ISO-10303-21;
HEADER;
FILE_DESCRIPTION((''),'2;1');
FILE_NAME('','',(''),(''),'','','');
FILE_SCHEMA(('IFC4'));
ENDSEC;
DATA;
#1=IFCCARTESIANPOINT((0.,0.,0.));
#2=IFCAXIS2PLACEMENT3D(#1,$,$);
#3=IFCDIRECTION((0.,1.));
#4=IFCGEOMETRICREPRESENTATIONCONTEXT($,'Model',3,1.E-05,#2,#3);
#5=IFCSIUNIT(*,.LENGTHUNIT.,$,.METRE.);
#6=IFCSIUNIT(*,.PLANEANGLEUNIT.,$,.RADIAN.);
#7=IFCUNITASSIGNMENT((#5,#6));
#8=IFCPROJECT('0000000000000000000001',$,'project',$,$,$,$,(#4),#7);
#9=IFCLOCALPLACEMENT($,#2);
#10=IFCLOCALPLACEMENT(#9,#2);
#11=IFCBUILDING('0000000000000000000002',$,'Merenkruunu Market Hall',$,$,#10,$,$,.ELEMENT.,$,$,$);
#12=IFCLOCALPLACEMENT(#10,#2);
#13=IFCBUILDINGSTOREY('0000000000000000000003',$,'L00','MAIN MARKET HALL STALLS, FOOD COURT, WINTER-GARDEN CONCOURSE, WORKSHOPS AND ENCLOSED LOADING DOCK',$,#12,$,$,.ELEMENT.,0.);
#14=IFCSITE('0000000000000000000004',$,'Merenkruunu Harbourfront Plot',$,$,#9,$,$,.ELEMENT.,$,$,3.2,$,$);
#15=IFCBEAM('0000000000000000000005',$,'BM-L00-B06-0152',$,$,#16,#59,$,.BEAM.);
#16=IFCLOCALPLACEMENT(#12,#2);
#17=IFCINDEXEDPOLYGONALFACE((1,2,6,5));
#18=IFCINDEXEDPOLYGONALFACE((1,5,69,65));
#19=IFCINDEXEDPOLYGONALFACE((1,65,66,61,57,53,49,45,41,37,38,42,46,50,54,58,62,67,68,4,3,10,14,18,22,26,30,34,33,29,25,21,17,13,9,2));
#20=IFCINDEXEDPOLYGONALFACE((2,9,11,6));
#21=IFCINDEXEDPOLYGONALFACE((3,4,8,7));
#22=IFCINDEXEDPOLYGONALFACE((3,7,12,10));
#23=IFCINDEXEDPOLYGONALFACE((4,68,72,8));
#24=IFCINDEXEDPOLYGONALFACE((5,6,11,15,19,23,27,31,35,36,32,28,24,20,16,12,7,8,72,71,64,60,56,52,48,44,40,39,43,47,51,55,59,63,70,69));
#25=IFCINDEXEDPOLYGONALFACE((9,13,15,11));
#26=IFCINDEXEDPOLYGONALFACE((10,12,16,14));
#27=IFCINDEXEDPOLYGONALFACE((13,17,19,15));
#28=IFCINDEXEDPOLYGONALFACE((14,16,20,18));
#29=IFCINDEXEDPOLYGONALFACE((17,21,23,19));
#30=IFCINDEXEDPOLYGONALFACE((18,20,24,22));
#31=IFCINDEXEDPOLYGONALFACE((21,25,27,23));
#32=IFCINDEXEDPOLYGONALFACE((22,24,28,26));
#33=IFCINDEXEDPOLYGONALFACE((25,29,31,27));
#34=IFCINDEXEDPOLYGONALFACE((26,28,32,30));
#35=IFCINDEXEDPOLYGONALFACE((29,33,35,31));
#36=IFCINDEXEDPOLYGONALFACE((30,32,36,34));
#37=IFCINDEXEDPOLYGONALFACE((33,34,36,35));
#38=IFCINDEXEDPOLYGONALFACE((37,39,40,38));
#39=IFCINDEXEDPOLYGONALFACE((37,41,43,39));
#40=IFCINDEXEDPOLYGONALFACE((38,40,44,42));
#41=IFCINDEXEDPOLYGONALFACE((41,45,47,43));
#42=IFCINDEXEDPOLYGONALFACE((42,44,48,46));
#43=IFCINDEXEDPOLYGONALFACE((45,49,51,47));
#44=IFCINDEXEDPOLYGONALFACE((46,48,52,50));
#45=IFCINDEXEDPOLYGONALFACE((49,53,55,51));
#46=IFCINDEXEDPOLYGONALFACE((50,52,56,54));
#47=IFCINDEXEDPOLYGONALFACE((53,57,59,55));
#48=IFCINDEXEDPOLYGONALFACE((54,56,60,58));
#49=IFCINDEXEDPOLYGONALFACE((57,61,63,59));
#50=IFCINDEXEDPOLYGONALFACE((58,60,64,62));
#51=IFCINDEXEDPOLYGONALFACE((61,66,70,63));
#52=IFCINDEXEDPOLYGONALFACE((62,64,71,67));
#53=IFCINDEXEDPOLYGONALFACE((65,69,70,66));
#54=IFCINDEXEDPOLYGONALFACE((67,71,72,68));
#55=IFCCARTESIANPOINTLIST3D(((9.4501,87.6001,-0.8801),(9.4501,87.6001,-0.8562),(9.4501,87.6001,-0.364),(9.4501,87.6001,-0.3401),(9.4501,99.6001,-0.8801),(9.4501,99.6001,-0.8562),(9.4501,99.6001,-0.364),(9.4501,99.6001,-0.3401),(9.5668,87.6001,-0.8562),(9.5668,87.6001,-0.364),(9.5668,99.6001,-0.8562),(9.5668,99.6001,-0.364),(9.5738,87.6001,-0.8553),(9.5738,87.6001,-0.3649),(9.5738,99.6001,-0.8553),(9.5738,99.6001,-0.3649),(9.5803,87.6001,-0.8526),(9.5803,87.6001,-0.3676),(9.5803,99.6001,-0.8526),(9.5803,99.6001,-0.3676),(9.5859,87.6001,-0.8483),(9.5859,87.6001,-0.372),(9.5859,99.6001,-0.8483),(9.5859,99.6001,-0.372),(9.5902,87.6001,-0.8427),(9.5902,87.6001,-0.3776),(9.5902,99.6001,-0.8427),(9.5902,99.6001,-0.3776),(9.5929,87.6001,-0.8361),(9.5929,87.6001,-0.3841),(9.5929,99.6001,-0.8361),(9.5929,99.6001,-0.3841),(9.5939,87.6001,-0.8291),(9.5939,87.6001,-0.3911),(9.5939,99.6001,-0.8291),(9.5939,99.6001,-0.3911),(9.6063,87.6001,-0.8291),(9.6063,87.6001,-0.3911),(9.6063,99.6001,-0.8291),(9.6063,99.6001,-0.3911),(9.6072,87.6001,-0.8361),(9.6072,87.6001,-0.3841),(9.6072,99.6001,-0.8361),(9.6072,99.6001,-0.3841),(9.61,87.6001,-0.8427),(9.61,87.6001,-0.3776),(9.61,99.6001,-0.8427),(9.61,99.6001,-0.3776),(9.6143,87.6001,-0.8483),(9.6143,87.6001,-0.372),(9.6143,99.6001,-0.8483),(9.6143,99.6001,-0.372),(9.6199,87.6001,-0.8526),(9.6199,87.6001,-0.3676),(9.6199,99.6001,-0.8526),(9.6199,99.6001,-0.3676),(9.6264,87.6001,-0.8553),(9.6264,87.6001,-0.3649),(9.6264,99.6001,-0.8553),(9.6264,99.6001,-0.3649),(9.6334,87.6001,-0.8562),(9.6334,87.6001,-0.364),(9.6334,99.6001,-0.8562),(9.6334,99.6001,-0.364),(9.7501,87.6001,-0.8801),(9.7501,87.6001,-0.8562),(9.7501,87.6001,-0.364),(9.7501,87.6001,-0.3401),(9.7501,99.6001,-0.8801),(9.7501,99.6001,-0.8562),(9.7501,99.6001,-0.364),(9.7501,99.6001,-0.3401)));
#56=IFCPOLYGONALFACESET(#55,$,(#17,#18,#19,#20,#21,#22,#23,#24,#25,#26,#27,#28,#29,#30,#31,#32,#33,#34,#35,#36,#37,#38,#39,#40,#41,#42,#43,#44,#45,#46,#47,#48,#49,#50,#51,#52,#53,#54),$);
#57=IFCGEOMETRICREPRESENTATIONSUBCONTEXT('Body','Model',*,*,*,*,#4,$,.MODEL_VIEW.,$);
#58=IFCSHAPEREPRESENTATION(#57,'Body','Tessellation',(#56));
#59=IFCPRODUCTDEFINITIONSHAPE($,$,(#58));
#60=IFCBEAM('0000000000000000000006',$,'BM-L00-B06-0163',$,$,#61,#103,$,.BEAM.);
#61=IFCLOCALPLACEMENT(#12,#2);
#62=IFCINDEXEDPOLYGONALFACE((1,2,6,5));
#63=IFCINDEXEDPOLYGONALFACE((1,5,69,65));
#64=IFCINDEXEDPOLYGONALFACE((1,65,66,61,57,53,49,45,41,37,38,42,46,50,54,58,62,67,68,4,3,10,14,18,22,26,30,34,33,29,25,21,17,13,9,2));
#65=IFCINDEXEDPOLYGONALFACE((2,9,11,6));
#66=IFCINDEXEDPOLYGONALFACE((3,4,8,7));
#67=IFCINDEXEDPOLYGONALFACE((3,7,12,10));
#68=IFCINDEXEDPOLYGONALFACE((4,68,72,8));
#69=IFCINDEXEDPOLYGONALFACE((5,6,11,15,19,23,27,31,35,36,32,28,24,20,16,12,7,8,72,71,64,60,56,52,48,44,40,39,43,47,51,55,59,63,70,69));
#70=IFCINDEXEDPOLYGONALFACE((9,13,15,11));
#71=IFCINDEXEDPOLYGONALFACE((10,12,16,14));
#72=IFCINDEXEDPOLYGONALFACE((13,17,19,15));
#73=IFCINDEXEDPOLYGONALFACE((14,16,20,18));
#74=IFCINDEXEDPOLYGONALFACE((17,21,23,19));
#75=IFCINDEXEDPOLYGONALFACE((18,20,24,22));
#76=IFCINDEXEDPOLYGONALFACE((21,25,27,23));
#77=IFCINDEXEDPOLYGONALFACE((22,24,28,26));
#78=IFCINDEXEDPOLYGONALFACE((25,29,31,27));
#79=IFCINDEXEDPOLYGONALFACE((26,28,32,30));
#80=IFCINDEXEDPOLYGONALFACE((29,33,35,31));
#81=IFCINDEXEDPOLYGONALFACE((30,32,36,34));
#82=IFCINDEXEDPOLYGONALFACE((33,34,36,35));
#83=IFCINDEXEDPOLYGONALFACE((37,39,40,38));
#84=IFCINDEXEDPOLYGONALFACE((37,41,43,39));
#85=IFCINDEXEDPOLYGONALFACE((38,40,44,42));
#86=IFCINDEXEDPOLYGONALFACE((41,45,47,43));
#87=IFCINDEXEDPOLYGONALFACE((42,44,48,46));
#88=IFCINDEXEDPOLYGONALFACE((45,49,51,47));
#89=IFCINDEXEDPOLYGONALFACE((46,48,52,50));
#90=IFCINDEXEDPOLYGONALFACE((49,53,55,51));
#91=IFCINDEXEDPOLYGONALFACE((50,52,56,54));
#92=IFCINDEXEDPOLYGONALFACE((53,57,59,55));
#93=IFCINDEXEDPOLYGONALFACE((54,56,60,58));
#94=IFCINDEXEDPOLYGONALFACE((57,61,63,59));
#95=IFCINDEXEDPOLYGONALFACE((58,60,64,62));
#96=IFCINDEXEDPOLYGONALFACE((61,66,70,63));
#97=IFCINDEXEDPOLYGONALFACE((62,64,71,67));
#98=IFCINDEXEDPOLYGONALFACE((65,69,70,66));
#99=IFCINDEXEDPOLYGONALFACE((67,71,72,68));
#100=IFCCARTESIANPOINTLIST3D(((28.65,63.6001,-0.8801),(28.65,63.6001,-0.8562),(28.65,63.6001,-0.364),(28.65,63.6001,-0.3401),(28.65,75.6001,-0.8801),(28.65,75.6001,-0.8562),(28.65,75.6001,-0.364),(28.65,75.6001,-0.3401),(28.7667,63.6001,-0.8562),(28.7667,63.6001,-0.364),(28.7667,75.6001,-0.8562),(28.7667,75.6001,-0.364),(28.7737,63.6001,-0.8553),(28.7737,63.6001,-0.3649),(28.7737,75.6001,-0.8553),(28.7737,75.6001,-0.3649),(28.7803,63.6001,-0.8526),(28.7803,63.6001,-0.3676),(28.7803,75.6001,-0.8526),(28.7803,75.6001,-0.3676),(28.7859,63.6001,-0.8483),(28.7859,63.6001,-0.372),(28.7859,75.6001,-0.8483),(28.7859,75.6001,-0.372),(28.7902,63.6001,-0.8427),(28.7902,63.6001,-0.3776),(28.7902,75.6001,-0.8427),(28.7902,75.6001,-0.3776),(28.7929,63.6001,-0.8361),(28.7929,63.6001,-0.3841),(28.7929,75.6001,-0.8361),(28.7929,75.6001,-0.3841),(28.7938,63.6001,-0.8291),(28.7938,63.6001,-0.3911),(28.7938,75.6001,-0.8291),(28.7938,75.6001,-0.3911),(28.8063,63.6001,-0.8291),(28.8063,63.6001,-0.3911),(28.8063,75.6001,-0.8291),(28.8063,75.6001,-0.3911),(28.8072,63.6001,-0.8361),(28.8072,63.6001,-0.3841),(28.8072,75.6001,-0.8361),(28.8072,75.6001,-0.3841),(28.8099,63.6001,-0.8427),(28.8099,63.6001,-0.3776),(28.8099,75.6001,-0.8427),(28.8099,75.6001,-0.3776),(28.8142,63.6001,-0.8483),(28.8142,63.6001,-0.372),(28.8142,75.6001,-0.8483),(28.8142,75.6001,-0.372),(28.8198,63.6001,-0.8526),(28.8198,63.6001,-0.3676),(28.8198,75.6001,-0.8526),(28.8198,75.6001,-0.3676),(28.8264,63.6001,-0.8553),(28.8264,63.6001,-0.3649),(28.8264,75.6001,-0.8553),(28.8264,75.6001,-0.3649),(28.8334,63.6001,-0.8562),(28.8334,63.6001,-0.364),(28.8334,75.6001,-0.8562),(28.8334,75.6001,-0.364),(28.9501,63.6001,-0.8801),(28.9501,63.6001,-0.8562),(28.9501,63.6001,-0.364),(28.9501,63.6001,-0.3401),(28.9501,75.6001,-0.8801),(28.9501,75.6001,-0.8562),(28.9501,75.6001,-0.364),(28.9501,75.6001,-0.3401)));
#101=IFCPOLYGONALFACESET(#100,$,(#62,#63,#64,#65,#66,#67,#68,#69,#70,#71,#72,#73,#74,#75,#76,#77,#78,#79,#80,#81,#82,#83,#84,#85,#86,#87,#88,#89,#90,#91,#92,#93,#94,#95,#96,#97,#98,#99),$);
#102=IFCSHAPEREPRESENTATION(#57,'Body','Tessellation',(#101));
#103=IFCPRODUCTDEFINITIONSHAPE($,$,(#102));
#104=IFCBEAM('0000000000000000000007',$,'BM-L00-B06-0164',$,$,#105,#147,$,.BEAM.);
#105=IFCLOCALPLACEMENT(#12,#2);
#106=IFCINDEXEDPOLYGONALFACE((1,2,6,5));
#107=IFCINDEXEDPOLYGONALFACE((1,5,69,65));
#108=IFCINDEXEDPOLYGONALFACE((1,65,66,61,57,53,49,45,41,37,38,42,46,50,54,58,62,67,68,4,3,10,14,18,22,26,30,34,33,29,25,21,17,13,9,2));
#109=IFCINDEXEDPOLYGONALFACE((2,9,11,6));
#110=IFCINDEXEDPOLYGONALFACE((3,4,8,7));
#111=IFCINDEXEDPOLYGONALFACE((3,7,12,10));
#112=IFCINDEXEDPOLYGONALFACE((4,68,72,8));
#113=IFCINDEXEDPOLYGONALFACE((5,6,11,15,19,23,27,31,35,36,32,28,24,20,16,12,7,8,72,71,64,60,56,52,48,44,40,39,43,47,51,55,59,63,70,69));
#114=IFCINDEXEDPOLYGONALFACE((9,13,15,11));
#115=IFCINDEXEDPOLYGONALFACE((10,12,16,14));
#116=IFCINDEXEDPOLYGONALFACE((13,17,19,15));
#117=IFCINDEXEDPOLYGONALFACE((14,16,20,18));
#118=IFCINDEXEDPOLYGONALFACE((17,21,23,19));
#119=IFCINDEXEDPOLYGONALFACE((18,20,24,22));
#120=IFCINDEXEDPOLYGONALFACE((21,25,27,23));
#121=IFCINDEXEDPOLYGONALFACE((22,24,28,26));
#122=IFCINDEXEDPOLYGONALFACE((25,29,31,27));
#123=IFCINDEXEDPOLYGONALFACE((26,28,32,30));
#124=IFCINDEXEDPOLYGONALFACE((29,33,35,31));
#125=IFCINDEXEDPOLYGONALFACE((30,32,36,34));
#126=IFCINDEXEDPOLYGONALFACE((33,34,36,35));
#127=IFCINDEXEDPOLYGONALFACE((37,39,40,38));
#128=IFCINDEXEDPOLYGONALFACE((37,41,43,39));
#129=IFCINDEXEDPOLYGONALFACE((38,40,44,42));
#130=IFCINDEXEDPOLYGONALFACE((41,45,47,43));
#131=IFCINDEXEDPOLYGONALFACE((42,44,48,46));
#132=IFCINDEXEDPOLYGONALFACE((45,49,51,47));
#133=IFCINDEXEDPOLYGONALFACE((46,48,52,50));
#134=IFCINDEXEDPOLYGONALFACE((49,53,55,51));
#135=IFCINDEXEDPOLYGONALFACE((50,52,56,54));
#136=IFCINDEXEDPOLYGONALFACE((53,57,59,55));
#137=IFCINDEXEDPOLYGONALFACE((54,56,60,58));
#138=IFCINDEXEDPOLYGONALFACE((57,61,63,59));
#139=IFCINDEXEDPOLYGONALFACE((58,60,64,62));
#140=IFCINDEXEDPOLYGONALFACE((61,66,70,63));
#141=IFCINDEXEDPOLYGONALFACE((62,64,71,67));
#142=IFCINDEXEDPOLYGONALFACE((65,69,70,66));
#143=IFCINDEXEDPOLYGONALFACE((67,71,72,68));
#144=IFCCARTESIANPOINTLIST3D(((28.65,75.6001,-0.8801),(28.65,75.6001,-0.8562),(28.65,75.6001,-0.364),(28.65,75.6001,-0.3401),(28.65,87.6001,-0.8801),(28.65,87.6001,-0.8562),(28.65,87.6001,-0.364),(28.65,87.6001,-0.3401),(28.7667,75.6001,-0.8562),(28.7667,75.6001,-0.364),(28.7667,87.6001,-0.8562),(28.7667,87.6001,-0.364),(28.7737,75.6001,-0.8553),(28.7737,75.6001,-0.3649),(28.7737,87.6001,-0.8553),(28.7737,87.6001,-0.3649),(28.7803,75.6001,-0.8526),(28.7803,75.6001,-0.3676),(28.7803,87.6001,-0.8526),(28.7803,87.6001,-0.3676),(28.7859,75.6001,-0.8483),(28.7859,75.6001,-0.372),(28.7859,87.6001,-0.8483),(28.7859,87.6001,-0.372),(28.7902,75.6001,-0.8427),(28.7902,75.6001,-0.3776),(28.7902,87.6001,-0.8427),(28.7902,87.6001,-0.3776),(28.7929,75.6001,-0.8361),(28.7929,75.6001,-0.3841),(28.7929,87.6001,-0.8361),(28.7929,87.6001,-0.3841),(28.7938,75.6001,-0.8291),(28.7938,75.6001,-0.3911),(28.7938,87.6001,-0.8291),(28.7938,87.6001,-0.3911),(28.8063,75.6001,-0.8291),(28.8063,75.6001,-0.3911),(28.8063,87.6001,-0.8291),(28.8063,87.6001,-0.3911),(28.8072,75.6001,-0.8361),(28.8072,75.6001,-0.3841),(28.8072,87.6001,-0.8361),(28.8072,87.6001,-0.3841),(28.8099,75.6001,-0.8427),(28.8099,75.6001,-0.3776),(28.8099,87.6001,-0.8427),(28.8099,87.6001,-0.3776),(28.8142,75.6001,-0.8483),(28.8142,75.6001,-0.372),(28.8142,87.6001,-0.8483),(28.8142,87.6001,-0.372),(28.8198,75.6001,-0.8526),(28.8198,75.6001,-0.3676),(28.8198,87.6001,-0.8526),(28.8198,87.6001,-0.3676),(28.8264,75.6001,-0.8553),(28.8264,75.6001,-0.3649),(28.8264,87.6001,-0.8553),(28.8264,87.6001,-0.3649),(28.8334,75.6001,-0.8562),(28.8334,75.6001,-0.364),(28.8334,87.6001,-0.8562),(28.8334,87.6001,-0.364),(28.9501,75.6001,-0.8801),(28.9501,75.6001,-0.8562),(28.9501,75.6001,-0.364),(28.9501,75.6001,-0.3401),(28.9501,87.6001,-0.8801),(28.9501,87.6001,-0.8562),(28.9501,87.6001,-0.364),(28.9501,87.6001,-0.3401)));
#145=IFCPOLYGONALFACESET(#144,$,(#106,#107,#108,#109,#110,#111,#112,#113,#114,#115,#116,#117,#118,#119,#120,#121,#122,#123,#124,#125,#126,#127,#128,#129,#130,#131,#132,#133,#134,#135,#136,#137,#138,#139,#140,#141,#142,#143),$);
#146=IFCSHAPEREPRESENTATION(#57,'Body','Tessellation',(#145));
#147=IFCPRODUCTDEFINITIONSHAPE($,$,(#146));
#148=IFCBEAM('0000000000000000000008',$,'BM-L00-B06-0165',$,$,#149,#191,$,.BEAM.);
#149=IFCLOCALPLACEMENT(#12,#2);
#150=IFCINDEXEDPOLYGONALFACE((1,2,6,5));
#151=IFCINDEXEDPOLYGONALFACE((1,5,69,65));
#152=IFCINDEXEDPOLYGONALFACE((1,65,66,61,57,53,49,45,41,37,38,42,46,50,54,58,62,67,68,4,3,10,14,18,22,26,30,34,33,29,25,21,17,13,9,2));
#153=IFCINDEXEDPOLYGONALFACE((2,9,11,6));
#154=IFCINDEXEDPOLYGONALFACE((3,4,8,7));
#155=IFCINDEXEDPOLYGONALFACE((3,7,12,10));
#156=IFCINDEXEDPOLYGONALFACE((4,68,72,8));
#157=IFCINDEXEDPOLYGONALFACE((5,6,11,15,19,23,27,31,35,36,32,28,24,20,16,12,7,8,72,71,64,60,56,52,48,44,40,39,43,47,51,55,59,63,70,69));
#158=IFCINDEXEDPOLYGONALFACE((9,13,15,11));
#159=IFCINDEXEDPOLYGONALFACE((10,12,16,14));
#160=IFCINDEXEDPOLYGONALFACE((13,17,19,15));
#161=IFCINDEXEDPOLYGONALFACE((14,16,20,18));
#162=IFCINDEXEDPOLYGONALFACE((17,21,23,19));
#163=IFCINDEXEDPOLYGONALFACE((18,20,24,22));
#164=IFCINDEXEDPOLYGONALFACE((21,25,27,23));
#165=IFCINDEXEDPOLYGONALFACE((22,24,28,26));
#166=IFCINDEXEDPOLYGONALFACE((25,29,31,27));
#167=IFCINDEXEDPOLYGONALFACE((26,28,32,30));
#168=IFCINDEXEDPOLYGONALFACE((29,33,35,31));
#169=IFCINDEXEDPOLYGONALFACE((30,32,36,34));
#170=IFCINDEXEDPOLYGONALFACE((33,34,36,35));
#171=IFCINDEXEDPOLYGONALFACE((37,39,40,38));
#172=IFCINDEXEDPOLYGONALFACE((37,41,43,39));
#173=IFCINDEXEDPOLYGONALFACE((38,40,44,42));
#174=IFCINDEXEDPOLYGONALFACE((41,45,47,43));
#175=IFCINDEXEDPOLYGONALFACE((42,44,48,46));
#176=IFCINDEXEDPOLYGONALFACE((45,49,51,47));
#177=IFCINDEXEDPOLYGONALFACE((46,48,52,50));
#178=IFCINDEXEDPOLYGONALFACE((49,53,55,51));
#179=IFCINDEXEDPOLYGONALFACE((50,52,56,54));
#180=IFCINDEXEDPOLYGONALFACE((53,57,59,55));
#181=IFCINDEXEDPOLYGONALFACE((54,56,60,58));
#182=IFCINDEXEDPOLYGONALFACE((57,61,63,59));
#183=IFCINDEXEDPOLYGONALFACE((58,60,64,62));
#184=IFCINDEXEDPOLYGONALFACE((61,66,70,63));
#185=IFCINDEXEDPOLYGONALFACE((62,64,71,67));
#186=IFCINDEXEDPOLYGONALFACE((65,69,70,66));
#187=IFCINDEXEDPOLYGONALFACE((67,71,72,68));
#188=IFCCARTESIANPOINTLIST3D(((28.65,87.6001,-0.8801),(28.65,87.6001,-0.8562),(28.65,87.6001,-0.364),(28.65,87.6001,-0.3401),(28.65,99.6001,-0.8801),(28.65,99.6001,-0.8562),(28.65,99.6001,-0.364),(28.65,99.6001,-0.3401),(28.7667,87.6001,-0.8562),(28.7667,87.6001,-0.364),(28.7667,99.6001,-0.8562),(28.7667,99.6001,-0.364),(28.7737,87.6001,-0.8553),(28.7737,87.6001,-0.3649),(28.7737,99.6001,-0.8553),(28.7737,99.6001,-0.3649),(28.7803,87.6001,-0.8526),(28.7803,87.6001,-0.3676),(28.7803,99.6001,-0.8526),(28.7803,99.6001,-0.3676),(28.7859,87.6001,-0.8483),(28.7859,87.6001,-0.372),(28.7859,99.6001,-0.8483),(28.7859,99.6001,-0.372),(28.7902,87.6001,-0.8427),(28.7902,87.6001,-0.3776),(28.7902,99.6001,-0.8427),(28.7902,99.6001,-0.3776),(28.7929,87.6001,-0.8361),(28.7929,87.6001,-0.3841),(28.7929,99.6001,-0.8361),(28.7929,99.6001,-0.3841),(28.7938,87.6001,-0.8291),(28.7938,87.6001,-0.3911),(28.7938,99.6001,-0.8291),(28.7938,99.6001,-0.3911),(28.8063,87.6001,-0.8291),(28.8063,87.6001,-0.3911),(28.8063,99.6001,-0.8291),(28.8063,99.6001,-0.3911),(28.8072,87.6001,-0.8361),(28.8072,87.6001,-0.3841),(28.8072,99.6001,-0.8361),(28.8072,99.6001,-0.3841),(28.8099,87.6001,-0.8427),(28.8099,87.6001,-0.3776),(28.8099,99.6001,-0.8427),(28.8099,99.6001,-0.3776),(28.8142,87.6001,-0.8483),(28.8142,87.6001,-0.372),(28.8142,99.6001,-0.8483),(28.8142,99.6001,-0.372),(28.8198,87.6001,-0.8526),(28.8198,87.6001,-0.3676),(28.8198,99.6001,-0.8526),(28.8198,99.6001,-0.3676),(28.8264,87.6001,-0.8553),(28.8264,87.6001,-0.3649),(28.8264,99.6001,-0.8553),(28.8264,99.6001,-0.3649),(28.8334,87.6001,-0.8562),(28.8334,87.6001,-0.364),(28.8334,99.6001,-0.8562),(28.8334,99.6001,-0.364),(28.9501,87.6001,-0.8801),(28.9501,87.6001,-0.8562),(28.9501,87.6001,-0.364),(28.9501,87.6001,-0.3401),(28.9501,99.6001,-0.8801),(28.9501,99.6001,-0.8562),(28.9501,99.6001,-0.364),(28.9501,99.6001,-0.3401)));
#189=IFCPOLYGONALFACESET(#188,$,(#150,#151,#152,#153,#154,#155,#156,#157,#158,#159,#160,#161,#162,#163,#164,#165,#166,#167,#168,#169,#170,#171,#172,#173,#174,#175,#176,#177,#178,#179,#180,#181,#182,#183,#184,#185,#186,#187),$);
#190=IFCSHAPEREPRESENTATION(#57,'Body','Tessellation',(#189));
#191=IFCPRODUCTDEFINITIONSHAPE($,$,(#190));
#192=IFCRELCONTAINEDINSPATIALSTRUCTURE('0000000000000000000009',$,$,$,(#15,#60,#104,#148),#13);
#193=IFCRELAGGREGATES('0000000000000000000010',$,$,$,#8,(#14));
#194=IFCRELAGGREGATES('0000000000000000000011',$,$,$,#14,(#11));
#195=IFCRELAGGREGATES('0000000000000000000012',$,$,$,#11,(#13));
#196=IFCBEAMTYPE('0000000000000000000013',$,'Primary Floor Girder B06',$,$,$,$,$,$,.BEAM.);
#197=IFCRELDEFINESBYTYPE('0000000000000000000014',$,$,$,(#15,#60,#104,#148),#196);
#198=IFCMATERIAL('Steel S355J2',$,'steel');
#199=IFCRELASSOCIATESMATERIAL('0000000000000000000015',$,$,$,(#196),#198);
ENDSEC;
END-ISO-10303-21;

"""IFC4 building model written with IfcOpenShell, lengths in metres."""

from ifc_helpers import new_model, si_unit, direction, frame, origin, origin_2d, place, context, subcontext, project, spatial, i_section, extrude, material, material_profile, profile_set, type_object, element, save


model = new_model("IFC4")

# Units and contexts
model_context = context("Model", 3, precision=1e-05, world=origin(), true_north=direction((0.0, 1.0)))
body_context = subcontext(model_context, "Body", "Model", "MODEL_VIEW")
ifc_project = project(units=[si_unit("LENGTHUNIT", "METRE"), si_unit("PLANEANGLEUNIT", "RADIAN")], contexts=[model_context])

# Site, building, storey
site_placement = place(None, origin())
site = spatial("IfcSite", under=ifc_project, at=site_placement, Name="Merenkruunu Harbourfront Plot", CompositionType="ELEMENT", RefElevation=3.2)
building_placement = place(site_placement, origin())
building = spatial("IfcBuilding", under=site, at=building_placement, Name="Merenkruunu Market Hall", CompositionType="ELEMENT")
storey_placement = place(building_placement, origin())
storey = spatial("IfcBuildingStorey", under=building, at=storey_placement, Name="L00", Description="MAIN MARKET HALL STALLS, FOOD COURT, WINTER-GARDEN CONCOURSE, WORKSHOPS AND ENCLOSED LOADING DOCK", CompositionType="ELEMENT", Elevation=0.0)

# Shared definitions
ifc_material_1 = material(Name="Steel S355J2", Category="steel")

# Beams
ifc_material_profile_1 = material_profile(ifc_material_1, i_section(OverallWidth=0.3, OverallDepth=0.54, WebThickness=0.0125, FlangeThickness=0.0239, FilletRadius=0.0271, at=origin_2d()), Name="HEA 550")
ifc_profile_set_1 = profile_set([ifc_material_profile_1], Name="Steel S355J2")
beam_type_1 = type_object("IfcBeamType", Name="Primary Floor Girder B06", PredefinedType="BEAM", material=ifc_profile_set_1)
for number, where, z_axis, x_axis, name in (
    (1, (9.6001, 87.6001, -0.6101), (0.0, 1.0, 0.0), (-1.0, 0.0, 0.0), "BM-L00-B06-0152"),
    (2, (28.8, 63.6001, -0.6101), (0.0, 1.0, 0.0), (-1.0, 0.0, 0.0), "BM-L00-B06-0163"),
    (3, (28.8, 75.6001, -0.6101), (0.0, 1.0, 0.0), (-1.0, 0.0, 0.0), "BM-L00-B06-0164"),
    (4, (28.8, 87.6001, -0.6101), (0.0, 1.0, 0.0), (-1.0, 0.0, 0.0), "BM-L00-B06-0165"),
):
    element("IfcBeam", number, at=place(storey_placement, frame(where, z_axis=z_axis, x_axis=x_axis)), inside=storey, type_object=beam_type_1, Name=name, PredefinedType="BEAM", context=body_context, shape_type="SweptSolid", body=[
        extrude(i_section(OverallWidth=0.3, OverallDepth=0.54, WebThickness=0.0125, FlangeThickness=0.0239, FilletRadius=0.0271, at=origin_2d()), origin(), (0.0, 0.0, 1.0), 12.0),
    ])

save(model, "model.ifc")
